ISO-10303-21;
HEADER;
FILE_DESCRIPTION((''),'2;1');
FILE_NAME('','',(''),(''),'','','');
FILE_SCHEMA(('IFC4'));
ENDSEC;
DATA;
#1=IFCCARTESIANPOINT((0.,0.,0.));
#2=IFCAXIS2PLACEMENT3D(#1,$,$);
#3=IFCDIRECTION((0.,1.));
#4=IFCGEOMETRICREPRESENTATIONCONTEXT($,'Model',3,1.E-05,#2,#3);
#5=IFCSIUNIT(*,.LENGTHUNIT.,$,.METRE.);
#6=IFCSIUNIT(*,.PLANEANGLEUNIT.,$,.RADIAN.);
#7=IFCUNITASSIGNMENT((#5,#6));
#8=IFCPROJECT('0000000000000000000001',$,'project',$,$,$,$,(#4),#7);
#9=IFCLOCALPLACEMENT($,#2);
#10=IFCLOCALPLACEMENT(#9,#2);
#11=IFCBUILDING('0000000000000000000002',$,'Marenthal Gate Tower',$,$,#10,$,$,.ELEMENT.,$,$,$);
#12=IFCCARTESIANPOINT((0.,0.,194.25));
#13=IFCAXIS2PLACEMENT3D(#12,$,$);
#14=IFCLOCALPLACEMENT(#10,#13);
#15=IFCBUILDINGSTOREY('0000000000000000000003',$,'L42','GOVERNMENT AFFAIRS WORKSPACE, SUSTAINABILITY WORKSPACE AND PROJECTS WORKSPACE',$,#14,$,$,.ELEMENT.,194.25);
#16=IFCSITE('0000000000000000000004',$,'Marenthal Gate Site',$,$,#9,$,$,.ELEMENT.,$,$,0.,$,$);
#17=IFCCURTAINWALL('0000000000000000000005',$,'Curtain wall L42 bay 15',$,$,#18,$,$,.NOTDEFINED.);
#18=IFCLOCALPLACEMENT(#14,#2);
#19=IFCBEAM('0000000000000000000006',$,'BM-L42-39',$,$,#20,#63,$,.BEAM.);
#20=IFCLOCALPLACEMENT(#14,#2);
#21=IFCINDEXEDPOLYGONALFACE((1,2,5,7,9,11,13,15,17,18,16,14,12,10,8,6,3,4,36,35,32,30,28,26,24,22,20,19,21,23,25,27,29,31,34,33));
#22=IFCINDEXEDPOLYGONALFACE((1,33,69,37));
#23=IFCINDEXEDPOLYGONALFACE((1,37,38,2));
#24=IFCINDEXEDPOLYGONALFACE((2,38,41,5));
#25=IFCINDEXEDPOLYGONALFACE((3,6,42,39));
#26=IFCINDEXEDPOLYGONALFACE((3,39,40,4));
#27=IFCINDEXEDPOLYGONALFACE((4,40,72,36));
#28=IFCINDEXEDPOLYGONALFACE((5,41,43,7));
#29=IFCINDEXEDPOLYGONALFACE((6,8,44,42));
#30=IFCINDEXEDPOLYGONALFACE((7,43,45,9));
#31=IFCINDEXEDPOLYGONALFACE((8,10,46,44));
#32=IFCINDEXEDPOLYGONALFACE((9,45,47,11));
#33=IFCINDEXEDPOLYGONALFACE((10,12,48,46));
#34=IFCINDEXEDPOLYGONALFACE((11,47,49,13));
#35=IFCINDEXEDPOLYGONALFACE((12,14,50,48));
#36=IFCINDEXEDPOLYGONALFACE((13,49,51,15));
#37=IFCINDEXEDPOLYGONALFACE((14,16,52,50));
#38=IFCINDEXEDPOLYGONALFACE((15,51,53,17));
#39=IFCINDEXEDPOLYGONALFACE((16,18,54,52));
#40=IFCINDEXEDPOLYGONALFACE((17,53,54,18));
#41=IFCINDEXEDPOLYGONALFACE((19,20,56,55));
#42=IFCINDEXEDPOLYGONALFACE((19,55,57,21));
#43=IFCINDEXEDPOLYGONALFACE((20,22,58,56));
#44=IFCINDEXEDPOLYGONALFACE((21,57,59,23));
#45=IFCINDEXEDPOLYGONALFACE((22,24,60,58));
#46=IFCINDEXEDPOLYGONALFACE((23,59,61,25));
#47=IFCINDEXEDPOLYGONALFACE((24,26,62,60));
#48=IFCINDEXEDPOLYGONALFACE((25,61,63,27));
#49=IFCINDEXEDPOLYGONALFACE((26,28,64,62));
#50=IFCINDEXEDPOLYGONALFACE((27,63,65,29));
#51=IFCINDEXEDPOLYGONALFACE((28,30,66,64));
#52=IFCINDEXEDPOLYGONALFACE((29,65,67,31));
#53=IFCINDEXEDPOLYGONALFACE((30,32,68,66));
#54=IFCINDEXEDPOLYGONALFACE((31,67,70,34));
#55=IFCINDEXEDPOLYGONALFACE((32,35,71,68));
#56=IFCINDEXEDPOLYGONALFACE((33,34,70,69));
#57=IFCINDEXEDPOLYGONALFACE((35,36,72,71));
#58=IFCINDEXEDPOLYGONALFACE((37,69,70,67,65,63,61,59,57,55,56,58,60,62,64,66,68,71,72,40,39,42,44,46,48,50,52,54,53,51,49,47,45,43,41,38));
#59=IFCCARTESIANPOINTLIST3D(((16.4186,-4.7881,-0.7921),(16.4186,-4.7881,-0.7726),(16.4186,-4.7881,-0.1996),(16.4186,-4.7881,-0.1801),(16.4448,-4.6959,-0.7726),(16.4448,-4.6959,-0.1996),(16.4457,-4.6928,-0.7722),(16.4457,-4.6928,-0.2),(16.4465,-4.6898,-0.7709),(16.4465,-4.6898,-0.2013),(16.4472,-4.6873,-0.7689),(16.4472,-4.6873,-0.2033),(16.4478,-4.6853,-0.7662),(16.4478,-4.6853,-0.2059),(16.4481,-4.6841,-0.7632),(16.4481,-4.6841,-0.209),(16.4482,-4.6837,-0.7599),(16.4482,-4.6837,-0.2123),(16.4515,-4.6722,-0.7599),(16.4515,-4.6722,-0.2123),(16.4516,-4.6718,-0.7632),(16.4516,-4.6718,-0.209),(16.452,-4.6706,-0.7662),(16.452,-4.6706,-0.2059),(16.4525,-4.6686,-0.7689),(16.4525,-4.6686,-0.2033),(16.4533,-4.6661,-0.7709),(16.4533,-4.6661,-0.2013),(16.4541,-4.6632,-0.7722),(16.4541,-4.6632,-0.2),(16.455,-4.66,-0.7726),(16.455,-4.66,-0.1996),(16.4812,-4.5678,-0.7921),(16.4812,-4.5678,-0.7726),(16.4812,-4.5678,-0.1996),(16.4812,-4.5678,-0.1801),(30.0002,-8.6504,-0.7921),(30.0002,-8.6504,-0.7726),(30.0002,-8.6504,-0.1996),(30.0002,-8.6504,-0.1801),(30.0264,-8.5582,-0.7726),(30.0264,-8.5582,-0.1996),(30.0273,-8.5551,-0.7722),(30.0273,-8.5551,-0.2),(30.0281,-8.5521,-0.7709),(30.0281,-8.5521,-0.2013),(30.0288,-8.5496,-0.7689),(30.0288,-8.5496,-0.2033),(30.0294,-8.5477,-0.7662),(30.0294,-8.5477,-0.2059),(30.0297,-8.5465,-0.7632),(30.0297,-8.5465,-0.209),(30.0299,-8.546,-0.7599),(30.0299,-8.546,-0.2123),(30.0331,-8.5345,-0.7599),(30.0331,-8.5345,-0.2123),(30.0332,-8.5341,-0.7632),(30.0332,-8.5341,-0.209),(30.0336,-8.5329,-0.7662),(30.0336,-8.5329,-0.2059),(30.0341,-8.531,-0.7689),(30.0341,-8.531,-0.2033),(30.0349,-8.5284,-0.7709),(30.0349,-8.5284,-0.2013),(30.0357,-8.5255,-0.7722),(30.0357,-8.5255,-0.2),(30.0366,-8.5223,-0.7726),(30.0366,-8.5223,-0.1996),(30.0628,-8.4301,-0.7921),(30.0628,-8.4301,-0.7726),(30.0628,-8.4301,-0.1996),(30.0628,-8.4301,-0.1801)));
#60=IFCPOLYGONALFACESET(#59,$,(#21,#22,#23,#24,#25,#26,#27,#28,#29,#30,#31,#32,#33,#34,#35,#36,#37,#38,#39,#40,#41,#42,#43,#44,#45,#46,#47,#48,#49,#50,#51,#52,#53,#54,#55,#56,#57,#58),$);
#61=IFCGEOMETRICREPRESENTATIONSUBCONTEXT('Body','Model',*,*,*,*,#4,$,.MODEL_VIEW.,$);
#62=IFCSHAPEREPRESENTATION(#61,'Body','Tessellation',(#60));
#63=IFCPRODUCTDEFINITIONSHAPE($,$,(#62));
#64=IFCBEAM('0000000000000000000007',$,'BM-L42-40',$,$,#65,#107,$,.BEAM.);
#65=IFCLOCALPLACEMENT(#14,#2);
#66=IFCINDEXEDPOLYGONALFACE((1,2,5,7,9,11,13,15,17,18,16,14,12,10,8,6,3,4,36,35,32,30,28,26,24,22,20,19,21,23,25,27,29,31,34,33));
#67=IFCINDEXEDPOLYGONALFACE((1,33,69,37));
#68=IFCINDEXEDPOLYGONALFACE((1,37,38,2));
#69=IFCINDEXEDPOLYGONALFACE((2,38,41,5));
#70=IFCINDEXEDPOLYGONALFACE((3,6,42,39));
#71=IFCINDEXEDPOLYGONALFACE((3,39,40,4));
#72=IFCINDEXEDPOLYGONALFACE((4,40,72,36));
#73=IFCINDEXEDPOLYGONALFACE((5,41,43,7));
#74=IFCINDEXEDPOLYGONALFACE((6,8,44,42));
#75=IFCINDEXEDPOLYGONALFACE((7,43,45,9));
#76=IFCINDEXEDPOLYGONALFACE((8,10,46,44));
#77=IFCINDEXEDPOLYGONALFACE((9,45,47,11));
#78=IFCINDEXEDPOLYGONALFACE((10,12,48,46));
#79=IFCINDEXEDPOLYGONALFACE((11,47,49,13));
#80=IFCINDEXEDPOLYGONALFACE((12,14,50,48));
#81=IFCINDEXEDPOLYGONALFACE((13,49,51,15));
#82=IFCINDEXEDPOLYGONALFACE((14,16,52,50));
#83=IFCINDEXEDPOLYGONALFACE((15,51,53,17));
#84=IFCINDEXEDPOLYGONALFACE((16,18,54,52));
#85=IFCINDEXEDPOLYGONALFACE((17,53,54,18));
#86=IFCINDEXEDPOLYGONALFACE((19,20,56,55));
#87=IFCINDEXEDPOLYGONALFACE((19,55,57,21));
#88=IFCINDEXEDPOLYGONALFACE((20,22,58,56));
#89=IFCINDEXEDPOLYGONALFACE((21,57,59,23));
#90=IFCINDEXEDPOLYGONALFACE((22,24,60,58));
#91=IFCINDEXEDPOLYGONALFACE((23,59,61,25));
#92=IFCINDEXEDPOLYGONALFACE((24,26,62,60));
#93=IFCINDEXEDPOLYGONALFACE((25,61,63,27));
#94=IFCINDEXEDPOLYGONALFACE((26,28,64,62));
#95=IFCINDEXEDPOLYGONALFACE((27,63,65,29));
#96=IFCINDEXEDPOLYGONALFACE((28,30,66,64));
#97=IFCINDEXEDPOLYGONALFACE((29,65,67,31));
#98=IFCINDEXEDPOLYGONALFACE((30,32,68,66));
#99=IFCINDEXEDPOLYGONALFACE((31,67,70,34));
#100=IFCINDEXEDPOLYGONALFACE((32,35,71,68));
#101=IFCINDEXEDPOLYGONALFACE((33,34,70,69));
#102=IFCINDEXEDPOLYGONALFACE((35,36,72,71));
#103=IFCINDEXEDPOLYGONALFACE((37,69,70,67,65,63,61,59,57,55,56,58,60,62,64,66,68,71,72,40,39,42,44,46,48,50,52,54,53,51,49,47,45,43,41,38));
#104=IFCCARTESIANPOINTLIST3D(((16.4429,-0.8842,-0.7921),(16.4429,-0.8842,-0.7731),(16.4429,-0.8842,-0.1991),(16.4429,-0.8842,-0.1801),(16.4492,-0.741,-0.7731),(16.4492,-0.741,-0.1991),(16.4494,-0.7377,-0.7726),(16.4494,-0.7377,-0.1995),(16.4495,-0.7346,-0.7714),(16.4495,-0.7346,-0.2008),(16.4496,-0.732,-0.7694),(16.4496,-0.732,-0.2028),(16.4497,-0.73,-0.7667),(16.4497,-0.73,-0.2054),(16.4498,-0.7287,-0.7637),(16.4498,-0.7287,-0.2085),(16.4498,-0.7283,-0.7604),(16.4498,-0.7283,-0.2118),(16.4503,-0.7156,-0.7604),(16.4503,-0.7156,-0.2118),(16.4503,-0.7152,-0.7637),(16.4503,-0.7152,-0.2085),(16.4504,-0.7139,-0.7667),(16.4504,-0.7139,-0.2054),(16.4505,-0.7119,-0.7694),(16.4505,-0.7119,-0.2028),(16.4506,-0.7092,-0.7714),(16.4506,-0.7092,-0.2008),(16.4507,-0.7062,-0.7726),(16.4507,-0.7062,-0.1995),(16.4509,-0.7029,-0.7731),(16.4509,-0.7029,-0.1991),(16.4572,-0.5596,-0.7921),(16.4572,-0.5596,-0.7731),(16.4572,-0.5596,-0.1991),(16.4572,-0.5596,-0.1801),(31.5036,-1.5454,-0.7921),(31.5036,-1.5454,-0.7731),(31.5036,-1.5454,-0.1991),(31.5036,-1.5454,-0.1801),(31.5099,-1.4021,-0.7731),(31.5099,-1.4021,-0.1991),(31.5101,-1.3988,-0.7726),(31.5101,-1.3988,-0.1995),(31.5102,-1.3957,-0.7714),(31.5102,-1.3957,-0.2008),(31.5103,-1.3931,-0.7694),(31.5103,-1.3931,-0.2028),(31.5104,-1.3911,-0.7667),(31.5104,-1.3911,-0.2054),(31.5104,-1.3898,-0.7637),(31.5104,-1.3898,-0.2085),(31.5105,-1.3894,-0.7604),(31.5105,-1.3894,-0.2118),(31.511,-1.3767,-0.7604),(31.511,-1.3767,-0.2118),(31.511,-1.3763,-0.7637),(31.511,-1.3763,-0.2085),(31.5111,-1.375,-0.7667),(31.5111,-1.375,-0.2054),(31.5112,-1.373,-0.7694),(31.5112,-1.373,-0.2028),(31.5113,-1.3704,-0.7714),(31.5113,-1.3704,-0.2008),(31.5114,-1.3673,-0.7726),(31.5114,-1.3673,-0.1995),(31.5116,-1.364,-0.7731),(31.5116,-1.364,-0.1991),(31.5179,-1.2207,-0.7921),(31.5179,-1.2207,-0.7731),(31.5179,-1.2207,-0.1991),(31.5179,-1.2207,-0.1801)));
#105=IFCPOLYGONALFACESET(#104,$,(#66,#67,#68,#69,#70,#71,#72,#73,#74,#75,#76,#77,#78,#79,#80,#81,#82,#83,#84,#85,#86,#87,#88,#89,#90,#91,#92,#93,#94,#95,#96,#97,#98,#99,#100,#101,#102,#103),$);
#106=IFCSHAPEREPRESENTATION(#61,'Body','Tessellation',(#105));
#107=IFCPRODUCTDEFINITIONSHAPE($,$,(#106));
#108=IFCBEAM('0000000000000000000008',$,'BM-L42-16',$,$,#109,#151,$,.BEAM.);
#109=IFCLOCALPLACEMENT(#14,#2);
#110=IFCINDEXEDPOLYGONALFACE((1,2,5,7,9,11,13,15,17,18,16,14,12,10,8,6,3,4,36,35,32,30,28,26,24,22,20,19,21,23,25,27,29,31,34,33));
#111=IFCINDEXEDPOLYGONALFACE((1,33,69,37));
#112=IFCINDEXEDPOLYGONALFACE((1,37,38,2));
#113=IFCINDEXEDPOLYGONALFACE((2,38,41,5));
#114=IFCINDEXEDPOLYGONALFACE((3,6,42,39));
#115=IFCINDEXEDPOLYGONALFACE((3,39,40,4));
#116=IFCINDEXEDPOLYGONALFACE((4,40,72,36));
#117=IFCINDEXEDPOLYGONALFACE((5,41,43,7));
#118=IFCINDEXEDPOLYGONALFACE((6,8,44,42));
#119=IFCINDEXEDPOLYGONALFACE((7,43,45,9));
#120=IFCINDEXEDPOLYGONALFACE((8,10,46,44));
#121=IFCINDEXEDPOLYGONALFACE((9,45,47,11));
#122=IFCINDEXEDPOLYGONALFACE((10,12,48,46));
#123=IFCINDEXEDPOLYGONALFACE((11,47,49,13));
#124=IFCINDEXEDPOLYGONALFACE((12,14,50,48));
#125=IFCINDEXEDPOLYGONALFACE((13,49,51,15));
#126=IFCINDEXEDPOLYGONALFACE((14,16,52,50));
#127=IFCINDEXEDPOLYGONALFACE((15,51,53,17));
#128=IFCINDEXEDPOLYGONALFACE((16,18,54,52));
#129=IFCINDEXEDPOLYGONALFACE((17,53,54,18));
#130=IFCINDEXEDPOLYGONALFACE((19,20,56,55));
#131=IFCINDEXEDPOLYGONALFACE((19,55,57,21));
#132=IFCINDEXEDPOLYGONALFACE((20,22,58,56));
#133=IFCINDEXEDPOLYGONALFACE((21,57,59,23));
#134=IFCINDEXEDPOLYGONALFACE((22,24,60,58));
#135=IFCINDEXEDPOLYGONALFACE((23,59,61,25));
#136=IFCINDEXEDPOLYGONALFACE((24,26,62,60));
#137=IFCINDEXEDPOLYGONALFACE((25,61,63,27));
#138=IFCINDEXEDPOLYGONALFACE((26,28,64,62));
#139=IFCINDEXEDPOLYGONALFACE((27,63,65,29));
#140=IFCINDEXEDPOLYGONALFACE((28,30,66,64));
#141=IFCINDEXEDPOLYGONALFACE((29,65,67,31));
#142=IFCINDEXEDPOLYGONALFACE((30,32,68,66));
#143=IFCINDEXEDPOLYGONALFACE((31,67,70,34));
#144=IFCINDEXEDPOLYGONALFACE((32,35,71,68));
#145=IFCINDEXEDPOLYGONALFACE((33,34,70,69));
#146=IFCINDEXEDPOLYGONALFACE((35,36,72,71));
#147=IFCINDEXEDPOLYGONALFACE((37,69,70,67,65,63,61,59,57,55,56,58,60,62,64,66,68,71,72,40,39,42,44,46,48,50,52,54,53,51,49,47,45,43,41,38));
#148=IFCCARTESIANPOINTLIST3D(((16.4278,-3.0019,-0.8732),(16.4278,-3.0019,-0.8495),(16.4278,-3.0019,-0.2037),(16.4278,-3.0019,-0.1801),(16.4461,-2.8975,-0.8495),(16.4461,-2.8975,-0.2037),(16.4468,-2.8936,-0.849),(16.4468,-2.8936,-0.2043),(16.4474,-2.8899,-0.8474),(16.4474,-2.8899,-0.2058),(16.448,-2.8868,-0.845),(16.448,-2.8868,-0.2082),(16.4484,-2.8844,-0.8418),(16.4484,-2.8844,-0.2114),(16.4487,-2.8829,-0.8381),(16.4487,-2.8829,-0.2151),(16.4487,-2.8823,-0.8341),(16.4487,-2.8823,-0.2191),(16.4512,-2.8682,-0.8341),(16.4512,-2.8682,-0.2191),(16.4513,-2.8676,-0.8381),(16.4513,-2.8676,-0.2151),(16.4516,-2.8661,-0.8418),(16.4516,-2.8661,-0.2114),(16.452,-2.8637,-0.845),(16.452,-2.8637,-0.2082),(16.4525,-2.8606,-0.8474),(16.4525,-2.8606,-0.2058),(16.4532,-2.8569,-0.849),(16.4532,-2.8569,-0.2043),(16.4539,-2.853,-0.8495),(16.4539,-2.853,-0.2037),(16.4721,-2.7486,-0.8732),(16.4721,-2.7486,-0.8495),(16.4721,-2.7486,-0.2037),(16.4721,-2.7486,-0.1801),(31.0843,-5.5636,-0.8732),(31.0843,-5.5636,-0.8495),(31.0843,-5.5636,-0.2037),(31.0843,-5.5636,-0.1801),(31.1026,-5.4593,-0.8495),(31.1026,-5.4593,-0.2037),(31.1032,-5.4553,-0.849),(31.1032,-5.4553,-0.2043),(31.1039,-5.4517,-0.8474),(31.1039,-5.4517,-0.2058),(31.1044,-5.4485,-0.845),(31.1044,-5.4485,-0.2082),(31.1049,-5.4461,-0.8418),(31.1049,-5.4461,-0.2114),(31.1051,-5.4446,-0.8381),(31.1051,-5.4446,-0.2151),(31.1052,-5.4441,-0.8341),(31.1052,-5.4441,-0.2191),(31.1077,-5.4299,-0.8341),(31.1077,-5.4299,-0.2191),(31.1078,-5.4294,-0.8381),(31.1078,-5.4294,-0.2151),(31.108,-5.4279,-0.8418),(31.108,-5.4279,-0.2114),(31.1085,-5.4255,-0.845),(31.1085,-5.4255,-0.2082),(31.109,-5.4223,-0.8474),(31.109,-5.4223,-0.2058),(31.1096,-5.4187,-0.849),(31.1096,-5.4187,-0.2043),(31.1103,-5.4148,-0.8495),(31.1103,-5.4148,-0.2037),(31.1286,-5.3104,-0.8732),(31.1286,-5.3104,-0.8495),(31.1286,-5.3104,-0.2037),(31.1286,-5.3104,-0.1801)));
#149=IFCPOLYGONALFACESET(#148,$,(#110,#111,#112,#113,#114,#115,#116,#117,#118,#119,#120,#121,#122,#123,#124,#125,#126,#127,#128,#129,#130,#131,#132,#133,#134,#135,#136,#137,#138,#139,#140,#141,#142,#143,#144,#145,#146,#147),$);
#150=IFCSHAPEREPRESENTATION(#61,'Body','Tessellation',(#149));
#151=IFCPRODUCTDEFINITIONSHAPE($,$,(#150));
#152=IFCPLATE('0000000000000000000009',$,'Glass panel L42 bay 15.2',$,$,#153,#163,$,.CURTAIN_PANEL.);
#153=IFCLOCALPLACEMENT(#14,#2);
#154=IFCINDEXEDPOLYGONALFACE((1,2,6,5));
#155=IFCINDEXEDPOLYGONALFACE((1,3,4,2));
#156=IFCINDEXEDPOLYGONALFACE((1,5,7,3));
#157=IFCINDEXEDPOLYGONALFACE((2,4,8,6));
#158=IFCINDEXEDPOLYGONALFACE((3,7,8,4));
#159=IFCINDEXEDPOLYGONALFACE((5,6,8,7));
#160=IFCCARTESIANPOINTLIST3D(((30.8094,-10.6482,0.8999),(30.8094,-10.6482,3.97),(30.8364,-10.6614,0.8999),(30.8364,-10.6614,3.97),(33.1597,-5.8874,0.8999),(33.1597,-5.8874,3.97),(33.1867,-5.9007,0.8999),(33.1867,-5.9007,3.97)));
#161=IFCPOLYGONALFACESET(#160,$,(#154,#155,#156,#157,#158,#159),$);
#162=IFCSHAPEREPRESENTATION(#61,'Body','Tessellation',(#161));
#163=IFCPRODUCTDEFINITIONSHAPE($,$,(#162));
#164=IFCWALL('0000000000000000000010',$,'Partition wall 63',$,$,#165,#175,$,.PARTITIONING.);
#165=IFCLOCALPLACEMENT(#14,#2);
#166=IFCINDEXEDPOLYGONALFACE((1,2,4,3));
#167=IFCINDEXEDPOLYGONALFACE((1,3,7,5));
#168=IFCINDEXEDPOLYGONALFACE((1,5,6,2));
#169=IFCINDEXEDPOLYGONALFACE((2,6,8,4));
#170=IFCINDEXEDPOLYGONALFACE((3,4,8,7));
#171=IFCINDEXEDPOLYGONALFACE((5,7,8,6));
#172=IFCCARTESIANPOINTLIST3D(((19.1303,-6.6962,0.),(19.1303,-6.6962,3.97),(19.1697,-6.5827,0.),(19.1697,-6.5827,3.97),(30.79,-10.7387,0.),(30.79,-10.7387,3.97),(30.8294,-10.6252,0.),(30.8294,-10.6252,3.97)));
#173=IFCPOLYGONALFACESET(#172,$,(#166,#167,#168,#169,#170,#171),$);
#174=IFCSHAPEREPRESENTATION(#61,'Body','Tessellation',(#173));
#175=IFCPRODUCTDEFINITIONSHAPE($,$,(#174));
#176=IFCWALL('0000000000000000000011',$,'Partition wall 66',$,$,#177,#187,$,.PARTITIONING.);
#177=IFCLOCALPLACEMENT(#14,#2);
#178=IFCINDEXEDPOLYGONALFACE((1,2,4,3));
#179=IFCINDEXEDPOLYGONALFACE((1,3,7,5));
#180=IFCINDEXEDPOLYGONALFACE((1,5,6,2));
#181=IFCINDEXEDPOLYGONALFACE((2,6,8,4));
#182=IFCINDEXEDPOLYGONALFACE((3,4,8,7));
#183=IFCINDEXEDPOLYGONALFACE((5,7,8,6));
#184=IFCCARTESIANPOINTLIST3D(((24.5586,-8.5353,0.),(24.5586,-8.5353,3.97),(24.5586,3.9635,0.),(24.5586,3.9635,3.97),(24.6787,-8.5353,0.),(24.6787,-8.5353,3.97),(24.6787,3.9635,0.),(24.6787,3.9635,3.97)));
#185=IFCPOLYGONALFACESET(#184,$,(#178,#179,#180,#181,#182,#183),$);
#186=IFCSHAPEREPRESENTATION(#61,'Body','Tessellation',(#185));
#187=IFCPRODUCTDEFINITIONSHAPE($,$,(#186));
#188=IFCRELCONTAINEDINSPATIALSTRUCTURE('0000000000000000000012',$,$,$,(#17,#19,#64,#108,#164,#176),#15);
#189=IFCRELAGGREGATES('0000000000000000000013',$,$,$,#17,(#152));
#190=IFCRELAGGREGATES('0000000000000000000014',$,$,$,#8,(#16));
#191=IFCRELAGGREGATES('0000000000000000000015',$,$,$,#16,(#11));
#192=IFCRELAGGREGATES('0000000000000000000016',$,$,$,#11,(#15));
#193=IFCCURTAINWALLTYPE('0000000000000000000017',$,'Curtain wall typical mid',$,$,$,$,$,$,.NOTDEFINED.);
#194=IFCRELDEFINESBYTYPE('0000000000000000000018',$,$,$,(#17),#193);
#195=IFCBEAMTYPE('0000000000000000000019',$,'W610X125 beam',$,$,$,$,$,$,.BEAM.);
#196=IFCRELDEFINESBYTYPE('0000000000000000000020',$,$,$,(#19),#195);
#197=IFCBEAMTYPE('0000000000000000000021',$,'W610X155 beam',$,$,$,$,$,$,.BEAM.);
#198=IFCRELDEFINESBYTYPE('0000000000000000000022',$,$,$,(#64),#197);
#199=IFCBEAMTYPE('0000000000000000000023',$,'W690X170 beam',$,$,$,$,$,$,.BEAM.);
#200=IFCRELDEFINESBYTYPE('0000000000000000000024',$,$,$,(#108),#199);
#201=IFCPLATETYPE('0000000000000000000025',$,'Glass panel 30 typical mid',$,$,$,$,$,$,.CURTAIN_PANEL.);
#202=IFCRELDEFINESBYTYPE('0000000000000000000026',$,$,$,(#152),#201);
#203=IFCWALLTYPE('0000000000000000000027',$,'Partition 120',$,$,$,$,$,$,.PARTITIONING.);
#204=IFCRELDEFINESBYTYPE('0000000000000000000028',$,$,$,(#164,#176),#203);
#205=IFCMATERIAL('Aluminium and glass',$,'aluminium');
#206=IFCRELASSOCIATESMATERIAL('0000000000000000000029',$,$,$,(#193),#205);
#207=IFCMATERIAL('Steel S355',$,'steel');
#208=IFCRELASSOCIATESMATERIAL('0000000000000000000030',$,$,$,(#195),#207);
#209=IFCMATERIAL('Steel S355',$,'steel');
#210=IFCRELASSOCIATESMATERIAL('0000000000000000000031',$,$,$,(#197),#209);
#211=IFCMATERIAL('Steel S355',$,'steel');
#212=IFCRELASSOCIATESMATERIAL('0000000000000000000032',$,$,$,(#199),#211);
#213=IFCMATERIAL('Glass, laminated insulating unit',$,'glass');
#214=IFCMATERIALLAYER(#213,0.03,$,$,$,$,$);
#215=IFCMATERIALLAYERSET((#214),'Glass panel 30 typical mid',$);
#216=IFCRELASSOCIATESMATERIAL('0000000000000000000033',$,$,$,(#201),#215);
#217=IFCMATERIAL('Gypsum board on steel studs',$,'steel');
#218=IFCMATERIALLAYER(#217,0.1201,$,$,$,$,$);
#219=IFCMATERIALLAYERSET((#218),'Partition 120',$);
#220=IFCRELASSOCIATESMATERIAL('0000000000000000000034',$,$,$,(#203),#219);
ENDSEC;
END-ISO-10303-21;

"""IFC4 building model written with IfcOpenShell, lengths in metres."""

from ifc_helpers import new_model, si_unit, direction, frame, frame_2d, origin, origin_2d, place, context, subcontext, project, spatial, rectangle, i_section, extrude, material, layer, layer_set, material_profile, profile_set, type_object, element, aggregate, save


model = new_model("IFC4")

# Units and contexts
model_context = context("Model", 3, precision=1e-05, world=origin(), true_north=direction((0.0, 1.0)))
body_context = subcontext(model_context, "Body", "Model", "MODEL_VIEW")
ifc_project = project(units=[si_unit("LENGTHUNIT", "METRE"), si_unit("PLANEANGLEUNIT", "RADIAN")], contexts=[model_context])

# Site, building, storey
site_placement = place(None, origin())
site = spatial("IfcSite", under=ifc_project, at=site_placement, Name="Marenthal Gate Site", CompositionType="ELEMENT", RefElevation=0.0)
building_placement = place(site_placement, origin())
building = spatial("IfcBuilding", under=site, at=building_placement, Name="Marenthal Gate Tower", CompositionType="ELEMENT")
storey_placement = place(building_placement, frame((0.0, 0.0, 194.25)))
storey = spatial("IfcBuildingStorey", under=building, at=storey_placement, Name="L42", Description="GOVERNMENT AFFAIRS WORKSPACE, SUSTAINABILITY WORKSPACE AND PROJECTS WORKSPACE", CompositionType="ELEMENT", Elevation=194.25)

# Curtain wall
ifc_material_1 = material(Name="Aluminium and glass", Category="aluminium")
curtain_wall_type = type_object("IfcCurtainWallType", Name="Curtain wall typical mid", PredefinedType="NOTDEFINED", material=ifc_material_1)
curtain_wall_placement = place(storey_placement, origin())
curtain_wall = element("IfcCurtainWall", 1, at=curtain_wall_placement, inside=storey, type_object=curtain_wall_type, Name="Curtain wall L42 bay 15", PredefinedType="NOTDEFINED")

# Beams
ifc_material_2 = material(Name="Steel S355", Category="steel")
ifc_material_profile_1 = material_profile(ifc_material_2, i_section(OverallWidth=0.229, OverallDepth=0.6121, WebThickness=0.012, FlangeThickness=0.0195, FilletRadius=0.0127, at=origin_2d()), Name="W610X125")
ifc_profile_set_1 = profile_set([ifc_material_profile_1], Name="Steel S355")
beam_type_1 = type_object("IfcBeamType", Name="W610X125 beam", PredefinedType="BEAM", material=ifc_profile_set_1)
beam_1_placement = place(storey_placement, frame((30.0315, -8.5403, -0.4861), z_axis=(-0.961862, 0.273533, 0.0), x_axis=(-0.273533, -0.961862, 0.0)))
element("IfcBeam", 2, at=beam_1_placement, inside=storey, type_object=beam_type_1, Name="BM-L42-39", PredefinedType="BEAM", context=body_context, shape_type="SweptSolid", body=[
    extrude(i_section(OverallWidth=0.229, OverallDepth=0.6121, WebThickness=0.012, FlangeThickness=0.0195, FilletRadius=0.0127, at=origin_2d()), origin(), (0.0, 0.0, 1.0), 14.1201),
])
ifc_material_3 = material(Name="Steel S355", Category="steel")
ifc_material_profile_2 = material_profile(ifc_material_3, i_section(OverallWidth=0.325, OverallDepth=0.6121, WebThickness=0.0127, FlangeThickness=0.019, FilletRadius=0.0127, at=origin_2d()), Name="W610X155")
ifc_profile_set_2 = profile_set([ifc_material_profile_2], Name="Steel S355")
beam_type_2 = type_object("IfcBeamType", Name="W610X155 beam", PredefinedType="BEAM", material=ifc_profile_set_2)
beam_2_placement = place(storey_placement, frame((31.5107, -1.3831, -0.4861), z_axis=(-0.999038, 0.043855, 0.0), x_axis=(-0.043855, -0.999038, 0.0)))
element("IfcBeam", 3, at=beam_2_placement, inside=storey, type_object=beam_type_2, Name="BM-L42-40", PredefinedType="BEAM", context=body_context, shape_type="SweptSolid", body=[
    extrude(i_section(OverallWidth=0.325, OverallDepth=0.6121, WebThickness=0.0127, FlangeThickness=0.019, FilletRadius=0.0127, at=origin_2d()), origin(), (0.0, 0.0, 1.0), 15.0752),
])
ifc_material_4 = material(Name="Steel S355", Category="steel")
ifc_material_profile_3 = material_profile(ifc_material_4, i_section(OverallWidth=0.2571, OverallDepth=0.6931, WebThickness=0.0144, FlangeThickness=0.0237, FilletRadius=0.0154, at=origin_2d()), Name="W690X170")
ifc_profile_set_3 = profile_set([ifc_material_profile_3], Name="Steel S355")
beam_type_3 = type_object("IfcBeamType", Name="W690X170 beam", PredefinedType="BEAM", material=ifc_profile_set_3)
beam_3_placement = place(storey_placement, frame((31.1064, -5.437, -0.5266), z_axis=(-0.985066, 0.172177, 0.0), x_axis=(-0.172177, -0.985066, 0.0)))
element("IfcBeam", 4, at=beam_3_placement, inside=storey, type_object=beam_type_3, Name="BM-L42-16", PredefinedType="BEAM", context=body_context, shape_type="SweptSolid", body=[
    extrude(i_section(OverallWidth=0.2571, OverallDepth=0.6931, WebThickness=0.0144, FlangeThickness=0.0237, FilletRadius=0.0154, at=origin_2d()), origin(), (0.0, 0.0, 1.0), 14.8787),
])

# Plate
ifc_material_5 = material(Name="Glass, laminated insulating unit", Category="glass")
ifc_layer_1 = layer(ifc_material_5, 0.03)
ifc_layer_set_1 = layer_set([ifc_layer_1], Name="Glass panel 30 typical mid")
plate_type = type_object("IfcPlateType", Name="Glass panel 30 typical mid", PredefinedType="CURTAIN_PANEL", material=ifc_layer_set_1)
plate_placement = place(storey_placement, frame((31.998, -8.2744, 0.8999), z_axis=(0.0, 0.0, 1.0), x_axis=(0.442678, 0.896681, 0.0)))
plate = element("IfcPlate", 5, at=plate_placement, type_object=plate_type, Name="Glass panel L42 bay 15.2", PredefinedType="CURTAIN_PANEL", context=body_context, shape_type="SweptSolid", body=[
    extrude(rectangle(XDim=5.3093, YDim=0.03, at=origin_2d()), origin(), (0.0, 0.0, 1.0), 3.0701),
])
aggregate(curtain_wall, [plate])

# Walls
ifc_material_6 = material(Name="Gypsum board on steel studs", Category="steel")
ifc_layer_2 = layer(ifc_material_6, 0.1201)
ifc_layer_set_2 = layer_set([ifc_layer_2], Name="Partition 120")
wall_type_1 = type_object("IfcWallType", Name="Partition 120", PredefinedType="PARTITIONING", material=ifc_layer_set_2)
wall_1_placement = place(storey_placement, frame((19.1499, -6.6394, 0.0), z_axis=(0.0, 0.0, 1.0), x_axis=(0.944825, -0.327577, 0.0)))
element("IfcWall", 6, at=wall_1_placement, inside=storey, type_object=wall_type_1, Name="Partition wall 63", PredefinedType="PARTITIONING", context=body_context, shape_type="SweptSolid", body=[
    extrude(rectangle(XDim=12.3406, YDim=0.1201, at=frame_2d((6.1704, 0.0))), origin(), (0.0, 0.0, 1.0), 3.97),
])
wall_2_placement = place(storey_placement, frame((24.6187, -8.5354, 0.0), z_axis=(0.0, 0.0, 1.0), x_axis=(0.0, 1.0, 0.0)))
element("IfcWall", 7, at=wall_2_placement, inside=storey, type_object=wall_type_1, Name="Partition wall 66", PredefinedType="PARTITIONING", context=body_context, shape_type="SweptSolid", body=[
    extrude(rectangle(XDim=12.4988, YDim=0.1201, at=frame_2d((6.2495, 0.0))), origin(), (0.0, 0.0, 1.0), 3.97),
])

save(model, "model.ifc")
